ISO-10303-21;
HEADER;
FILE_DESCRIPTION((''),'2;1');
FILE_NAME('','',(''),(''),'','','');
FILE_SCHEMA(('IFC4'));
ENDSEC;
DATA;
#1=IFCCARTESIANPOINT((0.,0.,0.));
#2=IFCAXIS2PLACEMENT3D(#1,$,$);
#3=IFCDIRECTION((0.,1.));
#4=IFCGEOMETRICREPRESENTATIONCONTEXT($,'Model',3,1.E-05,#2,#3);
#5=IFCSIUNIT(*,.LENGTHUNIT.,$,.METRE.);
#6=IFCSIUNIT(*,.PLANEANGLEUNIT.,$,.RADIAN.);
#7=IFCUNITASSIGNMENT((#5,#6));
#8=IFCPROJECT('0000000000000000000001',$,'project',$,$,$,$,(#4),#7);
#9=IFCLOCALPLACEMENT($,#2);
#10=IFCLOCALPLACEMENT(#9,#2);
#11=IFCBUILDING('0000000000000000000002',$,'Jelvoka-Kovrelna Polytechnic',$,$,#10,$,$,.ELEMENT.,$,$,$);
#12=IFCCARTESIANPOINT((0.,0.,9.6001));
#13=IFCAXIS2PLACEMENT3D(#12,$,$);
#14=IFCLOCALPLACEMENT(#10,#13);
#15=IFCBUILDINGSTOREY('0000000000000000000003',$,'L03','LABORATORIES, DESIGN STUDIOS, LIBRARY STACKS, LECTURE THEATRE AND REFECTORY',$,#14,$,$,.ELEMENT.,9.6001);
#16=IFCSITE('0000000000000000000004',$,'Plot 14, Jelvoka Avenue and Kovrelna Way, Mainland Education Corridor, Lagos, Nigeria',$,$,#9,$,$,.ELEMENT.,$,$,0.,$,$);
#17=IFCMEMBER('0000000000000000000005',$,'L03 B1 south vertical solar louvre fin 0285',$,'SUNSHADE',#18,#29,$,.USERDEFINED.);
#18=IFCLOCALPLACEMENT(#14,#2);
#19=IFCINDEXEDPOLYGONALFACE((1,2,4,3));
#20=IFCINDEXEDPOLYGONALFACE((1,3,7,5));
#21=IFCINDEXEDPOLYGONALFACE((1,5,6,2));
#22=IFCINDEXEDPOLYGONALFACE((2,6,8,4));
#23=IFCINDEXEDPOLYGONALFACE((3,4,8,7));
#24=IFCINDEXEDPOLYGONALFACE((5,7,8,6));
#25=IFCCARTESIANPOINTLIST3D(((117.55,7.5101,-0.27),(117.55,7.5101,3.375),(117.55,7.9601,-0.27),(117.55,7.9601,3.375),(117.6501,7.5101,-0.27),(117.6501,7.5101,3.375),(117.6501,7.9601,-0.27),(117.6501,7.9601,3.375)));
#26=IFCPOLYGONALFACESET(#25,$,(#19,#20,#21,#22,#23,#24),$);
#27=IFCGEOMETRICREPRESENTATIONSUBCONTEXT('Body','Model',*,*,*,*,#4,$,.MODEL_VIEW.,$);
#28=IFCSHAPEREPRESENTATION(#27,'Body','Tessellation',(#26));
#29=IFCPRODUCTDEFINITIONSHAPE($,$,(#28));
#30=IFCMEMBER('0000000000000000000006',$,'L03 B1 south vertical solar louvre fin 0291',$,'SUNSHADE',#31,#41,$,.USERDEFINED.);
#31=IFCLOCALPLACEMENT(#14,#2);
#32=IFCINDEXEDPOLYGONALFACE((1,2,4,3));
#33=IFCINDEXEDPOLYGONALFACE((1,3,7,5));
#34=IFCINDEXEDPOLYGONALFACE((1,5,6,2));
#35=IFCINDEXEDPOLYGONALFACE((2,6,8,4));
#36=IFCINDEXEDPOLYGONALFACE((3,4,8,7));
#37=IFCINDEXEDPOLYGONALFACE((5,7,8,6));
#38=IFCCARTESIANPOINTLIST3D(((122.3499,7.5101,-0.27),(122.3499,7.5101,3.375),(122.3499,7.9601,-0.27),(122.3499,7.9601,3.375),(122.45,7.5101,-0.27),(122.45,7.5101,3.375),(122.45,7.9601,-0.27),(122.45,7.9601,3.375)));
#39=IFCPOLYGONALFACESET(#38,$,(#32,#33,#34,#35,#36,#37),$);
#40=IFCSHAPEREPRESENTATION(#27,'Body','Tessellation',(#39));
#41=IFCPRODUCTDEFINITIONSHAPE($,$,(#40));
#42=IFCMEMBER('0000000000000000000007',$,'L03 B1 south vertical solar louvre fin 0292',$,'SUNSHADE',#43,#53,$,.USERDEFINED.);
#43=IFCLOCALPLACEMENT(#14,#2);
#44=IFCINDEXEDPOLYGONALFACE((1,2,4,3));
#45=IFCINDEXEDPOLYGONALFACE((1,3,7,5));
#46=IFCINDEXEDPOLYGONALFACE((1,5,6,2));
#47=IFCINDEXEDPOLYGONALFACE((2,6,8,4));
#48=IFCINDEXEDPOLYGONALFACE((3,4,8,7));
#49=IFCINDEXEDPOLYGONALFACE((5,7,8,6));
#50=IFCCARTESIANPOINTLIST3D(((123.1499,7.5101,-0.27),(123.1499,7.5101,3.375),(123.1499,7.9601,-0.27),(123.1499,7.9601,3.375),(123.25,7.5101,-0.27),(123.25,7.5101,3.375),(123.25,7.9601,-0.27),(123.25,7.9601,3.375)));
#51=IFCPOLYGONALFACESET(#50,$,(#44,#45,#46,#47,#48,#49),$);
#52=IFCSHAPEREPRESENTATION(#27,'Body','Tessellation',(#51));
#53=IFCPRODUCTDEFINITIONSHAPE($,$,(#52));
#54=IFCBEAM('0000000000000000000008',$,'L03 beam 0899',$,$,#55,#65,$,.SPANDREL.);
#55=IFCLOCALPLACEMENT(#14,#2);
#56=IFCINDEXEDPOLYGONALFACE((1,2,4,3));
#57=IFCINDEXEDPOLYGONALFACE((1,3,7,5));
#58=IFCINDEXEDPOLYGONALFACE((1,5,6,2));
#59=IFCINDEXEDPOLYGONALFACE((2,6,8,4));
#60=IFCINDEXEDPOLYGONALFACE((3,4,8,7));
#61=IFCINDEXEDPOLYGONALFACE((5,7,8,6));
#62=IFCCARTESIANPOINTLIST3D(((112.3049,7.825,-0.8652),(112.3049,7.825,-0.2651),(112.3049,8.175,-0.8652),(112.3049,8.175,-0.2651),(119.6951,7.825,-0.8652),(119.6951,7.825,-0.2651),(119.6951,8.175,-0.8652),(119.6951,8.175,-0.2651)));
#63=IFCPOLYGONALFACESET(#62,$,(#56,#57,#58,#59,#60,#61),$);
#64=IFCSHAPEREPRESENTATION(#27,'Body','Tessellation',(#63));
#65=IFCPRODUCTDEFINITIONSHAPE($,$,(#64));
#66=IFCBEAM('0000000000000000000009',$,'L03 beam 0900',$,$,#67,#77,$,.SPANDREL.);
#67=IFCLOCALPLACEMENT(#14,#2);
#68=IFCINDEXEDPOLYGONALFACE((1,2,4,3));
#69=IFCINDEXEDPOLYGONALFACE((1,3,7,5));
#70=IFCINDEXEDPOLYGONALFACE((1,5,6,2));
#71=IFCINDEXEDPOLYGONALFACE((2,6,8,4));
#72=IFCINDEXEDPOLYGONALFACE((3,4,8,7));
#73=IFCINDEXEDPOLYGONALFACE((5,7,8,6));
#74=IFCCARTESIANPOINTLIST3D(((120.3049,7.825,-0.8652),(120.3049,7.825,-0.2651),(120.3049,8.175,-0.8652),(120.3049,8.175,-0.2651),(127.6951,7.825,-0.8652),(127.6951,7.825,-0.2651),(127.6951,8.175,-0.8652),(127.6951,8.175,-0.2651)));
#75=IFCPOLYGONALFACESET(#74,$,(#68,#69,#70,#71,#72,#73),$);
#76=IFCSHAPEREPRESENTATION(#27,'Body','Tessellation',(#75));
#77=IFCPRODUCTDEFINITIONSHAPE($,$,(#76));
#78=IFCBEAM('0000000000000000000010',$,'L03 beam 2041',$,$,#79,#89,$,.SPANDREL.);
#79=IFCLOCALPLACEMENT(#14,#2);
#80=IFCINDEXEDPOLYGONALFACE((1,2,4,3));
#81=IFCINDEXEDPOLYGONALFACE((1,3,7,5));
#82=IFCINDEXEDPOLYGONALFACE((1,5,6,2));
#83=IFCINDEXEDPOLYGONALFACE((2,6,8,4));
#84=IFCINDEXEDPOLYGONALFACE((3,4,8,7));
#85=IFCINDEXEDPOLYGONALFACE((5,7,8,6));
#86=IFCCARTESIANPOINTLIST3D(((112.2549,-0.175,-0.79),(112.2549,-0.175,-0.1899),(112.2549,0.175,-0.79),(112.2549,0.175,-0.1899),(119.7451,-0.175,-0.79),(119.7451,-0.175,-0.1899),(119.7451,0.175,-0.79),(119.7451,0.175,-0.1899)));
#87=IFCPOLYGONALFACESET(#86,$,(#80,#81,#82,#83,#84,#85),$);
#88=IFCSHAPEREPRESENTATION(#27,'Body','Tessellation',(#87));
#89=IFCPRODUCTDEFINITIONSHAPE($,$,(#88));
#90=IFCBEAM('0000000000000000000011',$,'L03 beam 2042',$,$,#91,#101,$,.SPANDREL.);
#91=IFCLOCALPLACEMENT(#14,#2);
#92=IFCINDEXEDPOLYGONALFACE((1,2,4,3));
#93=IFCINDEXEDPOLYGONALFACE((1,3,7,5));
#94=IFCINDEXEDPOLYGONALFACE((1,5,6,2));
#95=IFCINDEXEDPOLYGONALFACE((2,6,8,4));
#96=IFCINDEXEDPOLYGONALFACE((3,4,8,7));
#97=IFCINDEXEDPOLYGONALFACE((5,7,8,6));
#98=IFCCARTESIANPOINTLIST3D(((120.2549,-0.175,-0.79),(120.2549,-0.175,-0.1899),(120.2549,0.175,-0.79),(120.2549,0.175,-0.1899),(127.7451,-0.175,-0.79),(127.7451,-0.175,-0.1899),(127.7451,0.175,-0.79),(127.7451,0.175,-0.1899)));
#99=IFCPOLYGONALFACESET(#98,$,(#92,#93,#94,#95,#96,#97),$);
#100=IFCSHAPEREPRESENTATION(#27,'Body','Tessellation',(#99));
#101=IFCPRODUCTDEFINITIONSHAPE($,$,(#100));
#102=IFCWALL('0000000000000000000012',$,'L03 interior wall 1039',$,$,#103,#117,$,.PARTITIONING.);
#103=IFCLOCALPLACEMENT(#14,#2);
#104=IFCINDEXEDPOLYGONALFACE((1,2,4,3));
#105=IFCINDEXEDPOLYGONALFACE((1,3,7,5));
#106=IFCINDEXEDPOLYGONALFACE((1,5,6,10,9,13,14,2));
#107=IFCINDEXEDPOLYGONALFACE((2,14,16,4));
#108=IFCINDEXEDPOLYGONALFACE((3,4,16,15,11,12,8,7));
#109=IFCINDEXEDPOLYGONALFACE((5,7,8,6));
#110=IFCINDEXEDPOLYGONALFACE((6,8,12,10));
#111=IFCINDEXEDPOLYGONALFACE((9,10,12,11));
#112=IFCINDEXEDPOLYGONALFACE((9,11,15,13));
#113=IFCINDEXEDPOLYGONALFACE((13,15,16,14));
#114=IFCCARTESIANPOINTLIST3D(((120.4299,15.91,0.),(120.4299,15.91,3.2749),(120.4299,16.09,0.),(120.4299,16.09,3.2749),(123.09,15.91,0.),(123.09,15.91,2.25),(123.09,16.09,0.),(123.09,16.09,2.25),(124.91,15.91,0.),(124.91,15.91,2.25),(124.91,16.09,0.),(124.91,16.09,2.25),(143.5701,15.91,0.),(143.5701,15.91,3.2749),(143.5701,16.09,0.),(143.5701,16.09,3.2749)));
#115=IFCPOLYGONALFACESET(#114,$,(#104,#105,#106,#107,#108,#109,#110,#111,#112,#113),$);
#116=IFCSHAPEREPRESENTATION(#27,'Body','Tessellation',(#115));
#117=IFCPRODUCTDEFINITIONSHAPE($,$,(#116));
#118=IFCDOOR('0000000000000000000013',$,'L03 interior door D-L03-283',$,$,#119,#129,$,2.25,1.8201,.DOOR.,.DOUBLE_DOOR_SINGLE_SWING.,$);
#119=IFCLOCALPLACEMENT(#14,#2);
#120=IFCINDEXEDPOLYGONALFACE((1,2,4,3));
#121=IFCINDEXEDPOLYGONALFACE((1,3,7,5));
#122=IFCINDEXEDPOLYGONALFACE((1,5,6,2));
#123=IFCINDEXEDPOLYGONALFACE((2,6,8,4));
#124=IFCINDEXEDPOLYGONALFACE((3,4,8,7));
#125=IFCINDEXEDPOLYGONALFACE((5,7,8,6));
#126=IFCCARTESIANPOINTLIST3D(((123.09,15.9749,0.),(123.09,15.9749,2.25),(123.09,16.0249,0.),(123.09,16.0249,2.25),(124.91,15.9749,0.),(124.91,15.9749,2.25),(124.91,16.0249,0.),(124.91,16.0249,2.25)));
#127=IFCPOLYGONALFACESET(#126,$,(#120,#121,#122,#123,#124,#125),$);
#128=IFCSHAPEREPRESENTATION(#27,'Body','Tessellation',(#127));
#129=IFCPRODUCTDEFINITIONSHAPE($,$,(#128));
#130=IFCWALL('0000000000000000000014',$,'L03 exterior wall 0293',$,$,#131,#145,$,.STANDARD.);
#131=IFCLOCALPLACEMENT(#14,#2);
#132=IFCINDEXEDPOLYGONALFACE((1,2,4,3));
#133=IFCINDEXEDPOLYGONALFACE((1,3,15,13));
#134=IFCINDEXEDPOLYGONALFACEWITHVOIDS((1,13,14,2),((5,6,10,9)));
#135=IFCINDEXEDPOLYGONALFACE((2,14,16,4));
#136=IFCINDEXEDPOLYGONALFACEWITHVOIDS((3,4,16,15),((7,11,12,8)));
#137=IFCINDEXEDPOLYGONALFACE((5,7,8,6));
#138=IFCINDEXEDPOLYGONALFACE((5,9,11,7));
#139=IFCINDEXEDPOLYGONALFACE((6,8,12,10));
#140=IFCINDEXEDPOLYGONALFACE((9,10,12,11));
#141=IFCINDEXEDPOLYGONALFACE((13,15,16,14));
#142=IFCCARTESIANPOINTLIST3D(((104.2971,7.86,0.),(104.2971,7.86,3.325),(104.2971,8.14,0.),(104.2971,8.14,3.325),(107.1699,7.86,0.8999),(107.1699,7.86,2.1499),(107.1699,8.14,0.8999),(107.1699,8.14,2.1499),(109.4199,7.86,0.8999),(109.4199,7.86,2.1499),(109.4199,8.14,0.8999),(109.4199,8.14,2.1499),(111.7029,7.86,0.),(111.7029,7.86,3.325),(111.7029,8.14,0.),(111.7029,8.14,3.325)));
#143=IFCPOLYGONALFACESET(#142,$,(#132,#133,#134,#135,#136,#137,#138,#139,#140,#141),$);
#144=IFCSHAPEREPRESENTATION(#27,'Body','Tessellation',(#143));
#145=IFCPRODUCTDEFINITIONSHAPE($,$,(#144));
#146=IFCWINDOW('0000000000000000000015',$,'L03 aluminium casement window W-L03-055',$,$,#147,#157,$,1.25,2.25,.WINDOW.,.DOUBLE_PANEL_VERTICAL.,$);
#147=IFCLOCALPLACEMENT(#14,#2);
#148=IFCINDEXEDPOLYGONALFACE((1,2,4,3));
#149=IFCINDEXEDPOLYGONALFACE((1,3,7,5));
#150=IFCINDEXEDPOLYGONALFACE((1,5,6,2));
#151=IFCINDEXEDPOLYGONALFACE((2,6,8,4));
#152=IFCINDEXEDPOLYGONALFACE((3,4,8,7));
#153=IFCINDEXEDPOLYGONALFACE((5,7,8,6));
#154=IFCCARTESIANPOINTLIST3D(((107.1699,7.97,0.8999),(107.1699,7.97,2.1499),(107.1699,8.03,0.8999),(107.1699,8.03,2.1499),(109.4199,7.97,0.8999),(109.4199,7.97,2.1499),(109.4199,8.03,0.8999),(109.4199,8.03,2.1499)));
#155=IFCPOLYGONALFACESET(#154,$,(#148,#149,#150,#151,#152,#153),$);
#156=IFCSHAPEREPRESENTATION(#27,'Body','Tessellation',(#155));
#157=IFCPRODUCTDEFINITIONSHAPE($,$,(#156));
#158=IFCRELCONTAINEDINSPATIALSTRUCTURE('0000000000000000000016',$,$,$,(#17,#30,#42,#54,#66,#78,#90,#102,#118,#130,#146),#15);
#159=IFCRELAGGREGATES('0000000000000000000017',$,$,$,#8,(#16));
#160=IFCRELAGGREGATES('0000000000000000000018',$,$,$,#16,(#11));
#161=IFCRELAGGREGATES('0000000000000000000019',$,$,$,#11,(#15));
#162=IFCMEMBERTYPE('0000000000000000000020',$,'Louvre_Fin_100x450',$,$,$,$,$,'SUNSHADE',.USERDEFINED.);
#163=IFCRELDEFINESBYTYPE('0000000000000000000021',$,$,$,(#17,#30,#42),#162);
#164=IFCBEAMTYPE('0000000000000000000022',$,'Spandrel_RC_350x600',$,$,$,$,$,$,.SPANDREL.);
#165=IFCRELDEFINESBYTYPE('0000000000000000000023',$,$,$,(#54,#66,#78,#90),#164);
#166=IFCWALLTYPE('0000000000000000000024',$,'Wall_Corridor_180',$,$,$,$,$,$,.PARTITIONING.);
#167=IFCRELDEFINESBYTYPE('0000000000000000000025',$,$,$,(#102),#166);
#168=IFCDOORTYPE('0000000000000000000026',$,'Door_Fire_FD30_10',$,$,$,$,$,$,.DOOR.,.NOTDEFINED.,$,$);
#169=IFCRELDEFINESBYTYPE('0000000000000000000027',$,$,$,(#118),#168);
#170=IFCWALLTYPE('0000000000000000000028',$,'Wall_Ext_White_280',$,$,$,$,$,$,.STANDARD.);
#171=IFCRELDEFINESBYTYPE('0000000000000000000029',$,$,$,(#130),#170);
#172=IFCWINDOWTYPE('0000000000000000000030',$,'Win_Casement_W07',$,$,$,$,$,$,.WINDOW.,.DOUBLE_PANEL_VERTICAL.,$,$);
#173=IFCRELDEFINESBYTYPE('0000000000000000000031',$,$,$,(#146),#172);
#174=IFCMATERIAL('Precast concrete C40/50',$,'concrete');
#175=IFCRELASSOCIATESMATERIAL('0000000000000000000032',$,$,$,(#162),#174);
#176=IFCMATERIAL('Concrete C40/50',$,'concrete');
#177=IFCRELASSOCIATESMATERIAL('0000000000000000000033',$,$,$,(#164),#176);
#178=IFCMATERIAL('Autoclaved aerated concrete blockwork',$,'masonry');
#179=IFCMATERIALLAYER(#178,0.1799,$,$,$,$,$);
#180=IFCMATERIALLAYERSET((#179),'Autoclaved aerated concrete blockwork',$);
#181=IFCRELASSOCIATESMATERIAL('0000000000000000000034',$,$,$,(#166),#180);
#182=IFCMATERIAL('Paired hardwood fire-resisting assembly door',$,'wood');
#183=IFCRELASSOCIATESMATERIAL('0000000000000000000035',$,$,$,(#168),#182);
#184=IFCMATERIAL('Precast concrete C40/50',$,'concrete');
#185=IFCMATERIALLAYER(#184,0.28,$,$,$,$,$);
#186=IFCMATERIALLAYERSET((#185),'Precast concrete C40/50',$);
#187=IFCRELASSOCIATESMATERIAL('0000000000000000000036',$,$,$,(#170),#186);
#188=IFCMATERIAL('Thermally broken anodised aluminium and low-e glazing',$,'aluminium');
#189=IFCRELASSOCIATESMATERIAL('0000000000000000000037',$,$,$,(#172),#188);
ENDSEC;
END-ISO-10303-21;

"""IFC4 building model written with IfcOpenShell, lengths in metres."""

from ifc_helpers import new_model, si_unit, direction, frame, frame_2d, origin, origin_2d, place, context, subcontext, project, spatial, rectangle, extrude, material, layer, layer_set, material_profile, profile_set, type_object, element, fill, save


model = new_model("IFC4")

# Units and contexts
model_context = context("Model", 3, precision=1e-05, world=origin(), true_north=direction((0.0, 1.0)))
body_context = subcontext(model_context, "Body", "Model", "MODEL_VIEW")
ifc_project = project(units=[si_unit("LENGTHUNIT", "METRE"), si_unit("PLANEANGLEUNIT", "RADIAN")], contexts=[model_context])

# Site, building, storey
site_placement = place(None, origin())
site = spatial("IfcSite", under=ifc_project, at=site_placement, Name="Plot 14, Jelvoka Avenue and Kovrelna Way, Mainland Education Corridor, Lagos, Nigeria", CompositionType="ELEMENT", RefElevation=0.0)
building_placement = place(site_placement, origin())
building = spatial("IfcBuilding", under=site, at=building_placement, Name="Jelvoka-Kovrelna Polytechnic", CompositionType="ELEMENT")
storey_placement = place(building_placement, frame((0.0, 0.0, 9.6001)))
storey = spatial("IfcBuildingStorey", under=building, at=storey_placement, Name="L03", Description="LABORATORIES, DESIGN STUDIOS, LIBRARY STACKS, LECTURE THEATRE AND REFECTORY", CompositionType="ELEMENT", Elevation=9.6001)

# Members
ifc_material_1 = material(Name="Precast concrete C40/50", Category="concrete")
ifc_material_profile_1 = material_profile(ifc_material_1, rectangle(XDim=0.1001, YDim=0.45, at=origin_2d()), Name="PC 100x450")
ifc_profile_set_1 = profile_set([ifc_material_profile_1], Name="Precast concrete C40/50")
member_type = type_object("IfcMemberType", Name="Louvre_Fin_100x450", ElementType="SUNSHADE", PredefinedType="USERDEFINED", material=ifc_profile_set_1)
for number, where, z_axis, x_axis, name in (
    (1, (117.6001, 7.7351, -0.27), (0.0, 0.0, 1.0), (1.0, 0.0, 0.0), "L03 B1 south vertical solar louvre fin 0285"),
    (2, (122.3999, 7.7351, -0.27), (0.0, 0.0, 1.0), (1.0, 0.0, 0.0), "L03 B1 south vertical solar louvre fin 0291"),
    (3, (123.2, 7.7351, -0.27), (0.0, 0.0, 1.0), (1.0, 0.0, 0.0), "L03 B1 south vertical solar louvre fin 0292"),
):
    element("IfcMember", number, at=place(storey_placement, frame(where, z_axis=z_axis, x_axis=x_axis)), inside=storey, type_object=member_type, Name=name, ObjectType="SUNSHADE", PredefinedType="USERDEFINED", context=body_context, shape_type="SweptSolid", body=[
        extrude(rectangle(XDim=0.1001, YDim=0.45, at=origin_2d()), origin(), (0.0, 0.0, 1.0), 3.645),
    ])

# Beams
ifc_material_2 = material(Name="Concrete C40/50", Category="concrete")
ifc_material_profile_2 = material_profile(ifc_material_2, rectangle(XDim=0.3501, YDim=0.6001, at=origin_2d()), Name="RC 350x600")
ifc_profile_set_2 = profile_set([ifc_material_profile_2], Name="Concrete C40/50")
beam_type_1 = type_object("IfcBeamType", Name="Spandrel_RC_350x600", PredefinedType="SPANDREL", material=ifc_profile_set_2)
for number, where, z_axis, x_axis, name in (
    (4, (112.3049, 8.0, -0.5652), (1.0, 0.0, 0.0), (0.0, 1.0, 0.0), "L03 beam 0899"),
    (5, (120.3049, 8.0, -0.5652), (1.0, 0.0, 0.0), (0.0, 1.0, 0.0), "L03 beam 0900"),
):
    element("IfcBeam", number, at=place(storey_placement, frame(where, z_axis=z_axis, x_axis=x_axis)), inside=storey, type_object=beam_type_1, Name=name, PredefinedType="SPANDREL", context=body_context, shape_type="SweptSolid", body=[
        extrude(rectangle(XDim=0.3501, YDim=0.6001, at=origin_2d()), origin(), (0.0, 0.0, 1.0), 7.3901),
    ])
for number, where, z_axis, x_axis, name in (
    (6, (112.2549, 0.0, -0.49), (1.0, 0.0, 0.0), (0.0, 1.0, 0.0), "L03 beam 2041"),
    (7, (120.2549, 0.0, -0.49), (1.0, 0.0, 0.0), (0.0, 1.0, 0.0), "L03 beam 2042"),
):
    element("IfcBeam", number, at=place(storey_placement, frame(where, z_axis=z_axis, x_axis=x_axis)), inside=storey, type_object=beam_type_1, Name=name, PredefinedType="SPANDREL", context=body_context, shape_type="SweptSolid", body=[
        extrude(rectangle(XDim=0.3501, YDim=0.6001, at=origin_2d()), origin(), (0.0, 0.0, 1.0), 7.4902),
    ])

# Wall, opening, door
ifc_material_3 = material(Name="Autoclaved aerated concrete blockwork", Category="masonry")
ifc_layer_1 = layer(ifc_material_3, 0.1799)
ifc_layer_set_1 = layer_set([ifc_layer_1], Name="Autoclaved aerated concrete blockwork")
wall_type_1 = type_object("IfcWallType", Name="Wall_Corridor_180", PredefinedType="PARTITIONING", material=ifc_layer_set_1)
wall_1_placement = place(storey_placement, frame((120.4299, 16.0, 0.0), z_axis=(0.0, 0.0, 1.0), x_axis=(1.0, 0.0, 0.0)))
wall_1 = element("IfcWall", 8, at=wall_1_placement, inside=storey, type_object=wall_type_1, Name="L03 interior wall 1039", PredefinedType="PARTITIONING", context=body_context, shape_type="SweptSolid", body=[
    extrude(rectangle(XDim=23.1401, YDim=0.1799, at=frame_2d((11.5701, 0.0))), origin(), (0.0, 0.0, 1.0), 3.2749),
])
opening_1_placement = place(wall_1_placement, frame((2.6599, 0.0, 0.0)))
opening_1 = element("IfcOpeningElement", 9, at=opening_1_placement, cuts=wall_1, PredefinedType="OPENING", context=body_context, shape_type="SweptSolid", body=[
    extrude(rectangle(XDim=1.8201, YDim=2.25, at=frame_2d((0.9102, 1.125))), frame((0.0, 0.0999, 0.0), z_axis=(0.0, -1.0, 0.0), x_axis=(1.0, 0.0, 0.0)), (0.0, 0.0, 1.0), 0.2),
])
ifc_material_4 = material(Name="Paired hardwood fire-resisting assembly door", Category="wood")
door_type = type_object("IfcDoorType", Name="Door_Fire_FD30_10", OperationType="NOTDEFINED", PredefinedType="DOOR", material=ifc_material_4)
door_placement = place(opening_1_placement, origin())
door = element("IfcDoor", 10, at=door_placement, inside=storey, type_object=door_type, Name="L03 interior door D-L03-283", OperationType="DOUBLE_DOOR_SINGLE_SWING", OverallHeight=2.25, OverallWidth=1.8201, PredefinedType="DOOR", context=body_context, shape_type="SweptSolid", body=[
    extrude(rectangle(XDim=1.8201, YDim=2.25, at=frame_2d((0.9102, 1.125))), frame((0.0, 0.0249, 0.0), z_axis=(0.0, -1.0, 0.0), x_axis=(1.0, 0.0, 0.0)), (0.0, 0.0, 1.0), 0.05),
])
fill(opening_1, door)

# Wall, opening, window
ifc_material_5 = material(Name="Precast concrete C40/50", Category="concrete")
ifc_layer_2 = layer(ifc_material_5, 0.28)
ifc_layer_set_2 = layer_set([ifc_layer_2], Name="Precast concrete C40/50")
wall_type_2 = type_object("IfcWallType", Name="Wall_Ext_White_280", PredefinedType="STANDARD", material=ifc_layer_set_2)
wall_2_placement = place(storey_placement, frame((111.7029, 8.0, 0.0), z_axis=(0.0, 0.0, 1.0), x_axis=(-1.0, 0.0, 0.0)))
wall_2 = element("IfcWall", 11, at=wall_2_placement, inside=storey, type_object=wall_type_2, Name="L03 exterior wall 0293", PredefinedType="STANDARD", context=body_context, shape_type="SweptSolid", body=[
    extrude(rectangle(XDim=7.4058, YDim=0.28, at=frame_2d((3.7029, 0.0))), origin(), (0.0, 0.0, 1.0), 3.325),
])
opening_2_placement = place(wall_2_placement, frame((2.283, 0.0, 0.8999)))
opening_2 = element("IfcOpeningElement", 12, at=opening_2_placement, cuts=wall_2, PredefinedType="OPENING", context=body_context, shape_type="SweptSolid", body=[
    extrude(rectangle(XDim=2.25, YDim=1.25, at=frame_2d((1.125, 0.625))), frame((0.0, 0.1501, 0.0), z_axis=(0.0, -1.0, 0.0), x_axis=(1.0, 0.0, 0.0)), (0.0, 0.0, 1.0), 0.3),
])
ifc_material_6 = material(Name="Thermally broken anodised aluminium and low-e glazing", Category="aluminium")
window_type_1 = type_object("IfcWindowType", Name="Win_Casement_W07", PartitioningType="DOUBLE_PANEL_VERTICAL", PredefinedType="WINDOW", material=ifc_material_6)
window_1_placement = place(opening_2_placement, origin())
window_1 = element("IfcWindow", 13, at=window_1_placement, inside=storey, type_object=window_type_1, Name="L03 aluminium casement window W-L03-055", OverallHeight=1.25, OverallWidth=2.25, PartitioningType="DOUBLE_PANEL_VERTICAL", PredefinedType="WINDOW", context=body_context, shape_type="SweptSolid", body=[
    extrude(rectangle(XDim=2.25, YDim=1.25, at=frame_2d((1.125, 0.625))), frame((0.0, 0.03, 0.0), z_axis=(0.0, -1.0, 0.0), x_axis=(1.0, 0.0, 0.0)), (0.0, 0.0, 1.0), 0.0601),
])
fill(opening_2, window_1)

save(model, "model.ifc")
